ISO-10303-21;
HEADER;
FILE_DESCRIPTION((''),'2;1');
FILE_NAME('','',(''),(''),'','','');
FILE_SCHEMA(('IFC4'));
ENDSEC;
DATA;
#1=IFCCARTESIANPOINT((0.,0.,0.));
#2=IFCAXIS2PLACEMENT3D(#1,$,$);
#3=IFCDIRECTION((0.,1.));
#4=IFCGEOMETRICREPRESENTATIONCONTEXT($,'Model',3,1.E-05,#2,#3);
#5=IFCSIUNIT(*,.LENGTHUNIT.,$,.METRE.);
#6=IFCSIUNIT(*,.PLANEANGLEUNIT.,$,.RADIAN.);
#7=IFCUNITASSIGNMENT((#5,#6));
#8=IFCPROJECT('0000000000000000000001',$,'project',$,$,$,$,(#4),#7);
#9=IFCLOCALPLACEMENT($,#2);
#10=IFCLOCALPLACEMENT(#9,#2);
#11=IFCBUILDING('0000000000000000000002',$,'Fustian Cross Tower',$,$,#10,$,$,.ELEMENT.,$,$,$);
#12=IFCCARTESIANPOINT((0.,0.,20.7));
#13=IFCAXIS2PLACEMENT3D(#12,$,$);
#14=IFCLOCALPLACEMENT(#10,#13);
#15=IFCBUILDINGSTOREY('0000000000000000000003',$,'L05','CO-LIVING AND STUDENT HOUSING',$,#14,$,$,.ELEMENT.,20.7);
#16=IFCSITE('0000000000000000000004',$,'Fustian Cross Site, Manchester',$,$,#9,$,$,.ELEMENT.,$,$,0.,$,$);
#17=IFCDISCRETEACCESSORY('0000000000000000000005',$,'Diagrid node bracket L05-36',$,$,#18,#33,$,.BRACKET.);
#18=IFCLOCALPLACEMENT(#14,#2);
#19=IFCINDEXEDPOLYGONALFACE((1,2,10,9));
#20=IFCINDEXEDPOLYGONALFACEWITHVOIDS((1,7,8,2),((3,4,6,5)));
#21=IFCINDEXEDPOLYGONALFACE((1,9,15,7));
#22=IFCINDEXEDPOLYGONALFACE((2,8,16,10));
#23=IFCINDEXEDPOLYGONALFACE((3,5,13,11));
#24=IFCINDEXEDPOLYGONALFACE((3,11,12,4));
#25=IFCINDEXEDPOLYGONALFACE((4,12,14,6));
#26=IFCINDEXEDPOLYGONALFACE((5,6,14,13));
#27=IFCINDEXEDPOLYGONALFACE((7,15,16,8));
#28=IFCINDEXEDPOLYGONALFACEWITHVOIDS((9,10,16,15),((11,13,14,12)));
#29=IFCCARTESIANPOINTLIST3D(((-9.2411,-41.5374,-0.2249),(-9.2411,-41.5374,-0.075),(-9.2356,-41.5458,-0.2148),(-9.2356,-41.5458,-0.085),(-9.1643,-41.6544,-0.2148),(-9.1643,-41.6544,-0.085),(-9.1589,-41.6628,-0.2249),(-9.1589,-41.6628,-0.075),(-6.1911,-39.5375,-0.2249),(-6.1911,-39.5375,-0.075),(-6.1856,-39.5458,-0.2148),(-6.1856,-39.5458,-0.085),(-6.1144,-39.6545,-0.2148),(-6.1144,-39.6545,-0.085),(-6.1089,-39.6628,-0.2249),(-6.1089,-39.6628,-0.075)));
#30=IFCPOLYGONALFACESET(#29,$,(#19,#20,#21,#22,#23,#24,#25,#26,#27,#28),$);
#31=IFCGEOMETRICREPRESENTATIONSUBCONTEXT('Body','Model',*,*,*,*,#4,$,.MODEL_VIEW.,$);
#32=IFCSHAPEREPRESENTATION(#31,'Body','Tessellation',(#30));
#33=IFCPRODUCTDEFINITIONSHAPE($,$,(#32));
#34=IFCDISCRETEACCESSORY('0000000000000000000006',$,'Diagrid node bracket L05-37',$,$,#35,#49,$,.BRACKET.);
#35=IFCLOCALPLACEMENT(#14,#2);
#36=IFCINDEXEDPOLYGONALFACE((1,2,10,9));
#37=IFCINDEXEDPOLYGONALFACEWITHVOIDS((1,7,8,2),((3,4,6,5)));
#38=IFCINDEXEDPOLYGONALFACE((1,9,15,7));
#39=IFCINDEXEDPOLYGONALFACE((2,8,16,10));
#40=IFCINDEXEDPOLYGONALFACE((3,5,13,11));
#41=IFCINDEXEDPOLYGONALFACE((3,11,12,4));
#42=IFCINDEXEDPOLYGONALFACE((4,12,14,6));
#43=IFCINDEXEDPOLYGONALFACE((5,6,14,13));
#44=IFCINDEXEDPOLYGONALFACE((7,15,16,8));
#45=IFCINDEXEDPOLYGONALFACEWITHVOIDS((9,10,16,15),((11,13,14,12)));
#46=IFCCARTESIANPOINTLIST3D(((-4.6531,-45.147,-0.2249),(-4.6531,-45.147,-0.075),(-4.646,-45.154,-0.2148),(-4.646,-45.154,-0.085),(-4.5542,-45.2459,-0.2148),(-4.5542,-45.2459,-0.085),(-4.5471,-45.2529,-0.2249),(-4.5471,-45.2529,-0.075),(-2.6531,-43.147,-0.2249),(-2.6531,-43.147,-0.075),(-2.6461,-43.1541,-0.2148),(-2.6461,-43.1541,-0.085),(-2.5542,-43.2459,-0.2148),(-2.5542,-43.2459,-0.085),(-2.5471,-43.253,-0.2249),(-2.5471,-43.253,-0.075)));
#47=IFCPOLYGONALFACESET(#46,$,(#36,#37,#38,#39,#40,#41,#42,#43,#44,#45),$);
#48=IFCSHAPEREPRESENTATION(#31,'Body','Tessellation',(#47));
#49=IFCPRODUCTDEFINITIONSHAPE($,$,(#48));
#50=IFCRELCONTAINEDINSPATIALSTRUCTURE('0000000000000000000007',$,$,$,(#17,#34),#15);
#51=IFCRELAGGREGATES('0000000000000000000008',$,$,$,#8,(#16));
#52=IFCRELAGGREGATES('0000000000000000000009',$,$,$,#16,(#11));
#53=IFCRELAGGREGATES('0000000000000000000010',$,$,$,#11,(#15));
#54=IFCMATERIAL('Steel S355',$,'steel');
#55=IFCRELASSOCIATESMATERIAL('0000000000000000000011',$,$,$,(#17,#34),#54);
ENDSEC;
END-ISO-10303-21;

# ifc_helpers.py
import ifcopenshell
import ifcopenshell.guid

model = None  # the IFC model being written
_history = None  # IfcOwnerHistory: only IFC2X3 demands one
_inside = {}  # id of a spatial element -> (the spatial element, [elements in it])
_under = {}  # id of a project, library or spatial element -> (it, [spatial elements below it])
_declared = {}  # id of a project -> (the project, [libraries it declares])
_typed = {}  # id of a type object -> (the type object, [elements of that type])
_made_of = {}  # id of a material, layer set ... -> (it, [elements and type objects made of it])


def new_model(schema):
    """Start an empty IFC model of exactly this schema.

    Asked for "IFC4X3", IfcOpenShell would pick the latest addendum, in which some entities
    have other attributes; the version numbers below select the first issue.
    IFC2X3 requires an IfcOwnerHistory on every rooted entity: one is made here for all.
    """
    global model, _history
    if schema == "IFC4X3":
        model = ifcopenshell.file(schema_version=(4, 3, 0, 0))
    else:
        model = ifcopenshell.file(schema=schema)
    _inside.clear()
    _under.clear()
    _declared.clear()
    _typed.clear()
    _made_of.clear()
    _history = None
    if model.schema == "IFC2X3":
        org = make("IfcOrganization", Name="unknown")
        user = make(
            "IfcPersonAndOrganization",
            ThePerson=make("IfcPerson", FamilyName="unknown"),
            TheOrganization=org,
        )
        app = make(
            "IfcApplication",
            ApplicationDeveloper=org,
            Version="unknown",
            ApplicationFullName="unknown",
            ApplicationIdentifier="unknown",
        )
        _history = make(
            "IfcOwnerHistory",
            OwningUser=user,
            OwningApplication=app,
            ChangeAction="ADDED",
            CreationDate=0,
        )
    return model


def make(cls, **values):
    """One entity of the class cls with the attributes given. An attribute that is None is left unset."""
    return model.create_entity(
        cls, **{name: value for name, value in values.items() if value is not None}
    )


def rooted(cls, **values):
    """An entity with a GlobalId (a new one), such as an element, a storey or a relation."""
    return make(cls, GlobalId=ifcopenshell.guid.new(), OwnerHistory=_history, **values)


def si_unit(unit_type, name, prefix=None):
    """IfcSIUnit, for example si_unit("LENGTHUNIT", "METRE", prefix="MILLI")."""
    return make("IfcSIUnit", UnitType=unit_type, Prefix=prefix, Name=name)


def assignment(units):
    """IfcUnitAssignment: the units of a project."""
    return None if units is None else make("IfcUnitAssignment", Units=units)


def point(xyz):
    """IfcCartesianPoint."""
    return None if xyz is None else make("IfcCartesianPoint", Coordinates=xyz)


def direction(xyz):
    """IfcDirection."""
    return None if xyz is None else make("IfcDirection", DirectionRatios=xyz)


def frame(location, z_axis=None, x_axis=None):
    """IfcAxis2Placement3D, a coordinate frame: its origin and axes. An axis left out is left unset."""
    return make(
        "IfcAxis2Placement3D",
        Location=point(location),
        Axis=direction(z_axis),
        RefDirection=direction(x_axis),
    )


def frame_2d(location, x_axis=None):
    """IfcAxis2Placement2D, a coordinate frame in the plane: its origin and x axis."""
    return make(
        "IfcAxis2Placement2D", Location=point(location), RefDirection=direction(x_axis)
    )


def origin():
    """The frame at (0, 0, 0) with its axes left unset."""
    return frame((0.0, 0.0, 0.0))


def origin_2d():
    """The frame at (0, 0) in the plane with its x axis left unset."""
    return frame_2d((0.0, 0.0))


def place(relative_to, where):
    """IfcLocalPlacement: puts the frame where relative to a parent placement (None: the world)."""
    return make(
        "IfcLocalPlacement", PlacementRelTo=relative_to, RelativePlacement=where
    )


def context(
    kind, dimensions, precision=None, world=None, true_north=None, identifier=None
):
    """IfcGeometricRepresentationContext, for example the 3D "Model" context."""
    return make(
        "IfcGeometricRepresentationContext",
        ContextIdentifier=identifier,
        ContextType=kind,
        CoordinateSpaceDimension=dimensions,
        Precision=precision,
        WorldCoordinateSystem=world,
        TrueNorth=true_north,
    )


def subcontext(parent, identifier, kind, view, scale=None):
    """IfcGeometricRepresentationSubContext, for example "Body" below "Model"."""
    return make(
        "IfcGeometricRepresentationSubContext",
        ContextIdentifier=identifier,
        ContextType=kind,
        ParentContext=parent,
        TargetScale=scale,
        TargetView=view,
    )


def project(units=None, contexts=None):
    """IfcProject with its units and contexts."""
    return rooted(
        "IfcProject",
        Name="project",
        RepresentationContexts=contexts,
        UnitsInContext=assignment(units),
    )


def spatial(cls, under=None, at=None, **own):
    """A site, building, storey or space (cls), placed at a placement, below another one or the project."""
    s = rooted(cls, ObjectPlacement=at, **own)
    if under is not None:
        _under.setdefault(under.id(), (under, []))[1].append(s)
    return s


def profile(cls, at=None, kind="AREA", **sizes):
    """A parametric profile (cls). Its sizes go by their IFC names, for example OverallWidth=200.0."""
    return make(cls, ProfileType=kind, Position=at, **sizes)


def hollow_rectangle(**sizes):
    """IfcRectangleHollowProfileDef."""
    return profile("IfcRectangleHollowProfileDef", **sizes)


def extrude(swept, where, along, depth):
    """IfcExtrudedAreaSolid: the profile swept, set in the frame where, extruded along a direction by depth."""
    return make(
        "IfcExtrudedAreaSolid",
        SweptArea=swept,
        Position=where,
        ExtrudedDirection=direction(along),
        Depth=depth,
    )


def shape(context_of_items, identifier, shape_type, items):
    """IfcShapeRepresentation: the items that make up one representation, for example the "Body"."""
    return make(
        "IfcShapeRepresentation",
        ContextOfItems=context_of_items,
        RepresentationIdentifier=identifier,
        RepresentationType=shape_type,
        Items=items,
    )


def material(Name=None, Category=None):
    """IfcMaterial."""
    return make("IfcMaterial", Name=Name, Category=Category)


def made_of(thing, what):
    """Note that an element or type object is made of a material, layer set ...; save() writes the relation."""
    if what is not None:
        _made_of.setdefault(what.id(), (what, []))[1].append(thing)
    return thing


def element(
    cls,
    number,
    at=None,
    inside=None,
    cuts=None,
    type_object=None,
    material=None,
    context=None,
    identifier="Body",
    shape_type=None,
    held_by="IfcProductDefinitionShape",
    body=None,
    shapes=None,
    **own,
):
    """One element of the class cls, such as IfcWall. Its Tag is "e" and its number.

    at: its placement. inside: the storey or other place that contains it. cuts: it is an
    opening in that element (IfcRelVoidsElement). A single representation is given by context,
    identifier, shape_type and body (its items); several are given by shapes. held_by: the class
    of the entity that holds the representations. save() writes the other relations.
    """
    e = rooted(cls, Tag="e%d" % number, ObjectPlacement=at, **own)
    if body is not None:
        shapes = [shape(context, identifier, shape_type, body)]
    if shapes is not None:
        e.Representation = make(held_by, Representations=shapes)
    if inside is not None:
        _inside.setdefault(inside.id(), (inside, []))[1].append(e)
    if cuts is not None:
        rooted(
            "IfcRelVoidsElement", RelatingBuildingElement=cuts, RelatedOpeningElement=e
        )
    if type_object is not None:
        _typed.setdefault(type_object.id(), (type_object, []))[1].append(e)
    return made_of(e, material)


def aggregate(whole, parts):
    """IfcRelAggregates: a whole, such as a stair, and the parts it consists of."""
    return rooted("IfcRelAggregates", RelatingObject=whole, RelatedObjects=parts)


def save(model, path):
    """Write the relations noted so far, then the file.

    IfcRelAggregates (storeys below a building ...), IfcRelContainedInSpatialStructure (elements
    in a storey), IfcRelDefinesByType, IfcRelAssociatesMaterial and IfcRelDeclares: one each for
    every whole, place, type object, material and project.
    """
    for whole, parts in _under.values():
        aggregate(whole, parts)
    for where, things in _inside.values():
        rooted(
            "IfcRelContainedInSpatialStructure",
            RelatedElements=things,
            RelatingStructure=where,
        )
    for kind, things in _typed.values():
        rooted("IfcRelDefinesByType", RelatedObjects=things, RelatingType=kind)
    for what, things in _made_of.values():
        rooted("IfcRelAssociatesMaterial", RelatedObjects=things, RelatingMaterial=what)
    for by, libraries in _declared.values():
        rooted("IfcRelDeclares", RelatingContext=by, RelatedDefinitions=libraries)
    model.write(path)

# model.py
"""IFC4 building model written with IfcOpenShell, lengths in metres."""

from ifc_helpers import new_model, si_unit, direction, frame, origin, origin_2d, place, context, subcontext, project, spatial, hollow_rectangle, extrude, material, element, save


model = new_model("IFC4")

# Units and contexts
model_context = context("Model", 3, precision=1e-05, world=origin(), true_north=direction((0.0, 1.0)))
body_context = subcontext(model_context, "Body", "Model", "MODEL_VIEW")
ifc_project = project(units=[si_unit("LENGTHUNIT", "METRE"), si_unit("PLANEANGLEUNIT", "RADIAN")], contexts=[model_context])

# Site, building, storey
site_placement = place(None, origin())
site = spatial("IfcSite", under=ifc_project, at=site_placement, Name="Fustian Cross Site, Manchester", CompositionType="ELEMENT", RefElevation=0.0)
building_placement = place(site_placement, origin())
building = spatial("IfcBuilding", under=site, at=building_placement, Name="Fustian Cross Tower", CompositionType="ELEMENT")
storey_placement = place(building_placement, frame((0.0, 0.0, 20.7)))
storey = spatial("IfcBuildingStorey", under=building, at=storey_placement, Name="L05", Description="CO-LIVING AND STUDENT HOUSING", CompositionType="ELEMENT", Elevation=20.7)

# Discrete accessories
ifc_material_1 = material(Name="Steel S355", Category="steel")
discrete_accessory_1_placement = place(storey_placement, frame((-9.2, -41.6001, -0.1499), z_axis=(0.836248, 0.548351, 0.0), x_axis=(-0.548351, 0.836248, 0.0)))
element("IfcDiscreteAccessory", 1, at=discrete_accessory_1_placement, inside=storey, material=ifc_material_1, Name="Diagrid node bracket L05-36", PredefinedType="BRACKET", context=body_context, shape_type="SweptSolid", body=[
    extrude(hollow_rectangle(XDim=0.1499, YDim=0.1499, WallThickness=0.01, at=origin_2d()), origin(), (0.0, 0.0, 1.0), 3.6472),
])
discrete_accessory_2_placement = place(storey_placement, frame((-4.6001, -45.2, -0.1499), z_axis=(0.707107, 0.707107, 0.0), x_axis=(-0.707107, 0.707107, 0.0)))
element("IfcDiscreteAccessory", 2, at=discrete_accessory_2_placement, inside=storey, material=ifc_material_1, Name="Diagrid node bracket L05-37", PredefinedType="BRACKET", context=body_context, shape_type="SweptSolid", body=[
    extrude(hollow_rectangle(XDim=0.1499, YDim=0.1499, WallThickness=0.01, at=origin_2d()), origin(), (0.0, 0.0, 1.0), 2.8284),
])

save(model, "model.ifc")
